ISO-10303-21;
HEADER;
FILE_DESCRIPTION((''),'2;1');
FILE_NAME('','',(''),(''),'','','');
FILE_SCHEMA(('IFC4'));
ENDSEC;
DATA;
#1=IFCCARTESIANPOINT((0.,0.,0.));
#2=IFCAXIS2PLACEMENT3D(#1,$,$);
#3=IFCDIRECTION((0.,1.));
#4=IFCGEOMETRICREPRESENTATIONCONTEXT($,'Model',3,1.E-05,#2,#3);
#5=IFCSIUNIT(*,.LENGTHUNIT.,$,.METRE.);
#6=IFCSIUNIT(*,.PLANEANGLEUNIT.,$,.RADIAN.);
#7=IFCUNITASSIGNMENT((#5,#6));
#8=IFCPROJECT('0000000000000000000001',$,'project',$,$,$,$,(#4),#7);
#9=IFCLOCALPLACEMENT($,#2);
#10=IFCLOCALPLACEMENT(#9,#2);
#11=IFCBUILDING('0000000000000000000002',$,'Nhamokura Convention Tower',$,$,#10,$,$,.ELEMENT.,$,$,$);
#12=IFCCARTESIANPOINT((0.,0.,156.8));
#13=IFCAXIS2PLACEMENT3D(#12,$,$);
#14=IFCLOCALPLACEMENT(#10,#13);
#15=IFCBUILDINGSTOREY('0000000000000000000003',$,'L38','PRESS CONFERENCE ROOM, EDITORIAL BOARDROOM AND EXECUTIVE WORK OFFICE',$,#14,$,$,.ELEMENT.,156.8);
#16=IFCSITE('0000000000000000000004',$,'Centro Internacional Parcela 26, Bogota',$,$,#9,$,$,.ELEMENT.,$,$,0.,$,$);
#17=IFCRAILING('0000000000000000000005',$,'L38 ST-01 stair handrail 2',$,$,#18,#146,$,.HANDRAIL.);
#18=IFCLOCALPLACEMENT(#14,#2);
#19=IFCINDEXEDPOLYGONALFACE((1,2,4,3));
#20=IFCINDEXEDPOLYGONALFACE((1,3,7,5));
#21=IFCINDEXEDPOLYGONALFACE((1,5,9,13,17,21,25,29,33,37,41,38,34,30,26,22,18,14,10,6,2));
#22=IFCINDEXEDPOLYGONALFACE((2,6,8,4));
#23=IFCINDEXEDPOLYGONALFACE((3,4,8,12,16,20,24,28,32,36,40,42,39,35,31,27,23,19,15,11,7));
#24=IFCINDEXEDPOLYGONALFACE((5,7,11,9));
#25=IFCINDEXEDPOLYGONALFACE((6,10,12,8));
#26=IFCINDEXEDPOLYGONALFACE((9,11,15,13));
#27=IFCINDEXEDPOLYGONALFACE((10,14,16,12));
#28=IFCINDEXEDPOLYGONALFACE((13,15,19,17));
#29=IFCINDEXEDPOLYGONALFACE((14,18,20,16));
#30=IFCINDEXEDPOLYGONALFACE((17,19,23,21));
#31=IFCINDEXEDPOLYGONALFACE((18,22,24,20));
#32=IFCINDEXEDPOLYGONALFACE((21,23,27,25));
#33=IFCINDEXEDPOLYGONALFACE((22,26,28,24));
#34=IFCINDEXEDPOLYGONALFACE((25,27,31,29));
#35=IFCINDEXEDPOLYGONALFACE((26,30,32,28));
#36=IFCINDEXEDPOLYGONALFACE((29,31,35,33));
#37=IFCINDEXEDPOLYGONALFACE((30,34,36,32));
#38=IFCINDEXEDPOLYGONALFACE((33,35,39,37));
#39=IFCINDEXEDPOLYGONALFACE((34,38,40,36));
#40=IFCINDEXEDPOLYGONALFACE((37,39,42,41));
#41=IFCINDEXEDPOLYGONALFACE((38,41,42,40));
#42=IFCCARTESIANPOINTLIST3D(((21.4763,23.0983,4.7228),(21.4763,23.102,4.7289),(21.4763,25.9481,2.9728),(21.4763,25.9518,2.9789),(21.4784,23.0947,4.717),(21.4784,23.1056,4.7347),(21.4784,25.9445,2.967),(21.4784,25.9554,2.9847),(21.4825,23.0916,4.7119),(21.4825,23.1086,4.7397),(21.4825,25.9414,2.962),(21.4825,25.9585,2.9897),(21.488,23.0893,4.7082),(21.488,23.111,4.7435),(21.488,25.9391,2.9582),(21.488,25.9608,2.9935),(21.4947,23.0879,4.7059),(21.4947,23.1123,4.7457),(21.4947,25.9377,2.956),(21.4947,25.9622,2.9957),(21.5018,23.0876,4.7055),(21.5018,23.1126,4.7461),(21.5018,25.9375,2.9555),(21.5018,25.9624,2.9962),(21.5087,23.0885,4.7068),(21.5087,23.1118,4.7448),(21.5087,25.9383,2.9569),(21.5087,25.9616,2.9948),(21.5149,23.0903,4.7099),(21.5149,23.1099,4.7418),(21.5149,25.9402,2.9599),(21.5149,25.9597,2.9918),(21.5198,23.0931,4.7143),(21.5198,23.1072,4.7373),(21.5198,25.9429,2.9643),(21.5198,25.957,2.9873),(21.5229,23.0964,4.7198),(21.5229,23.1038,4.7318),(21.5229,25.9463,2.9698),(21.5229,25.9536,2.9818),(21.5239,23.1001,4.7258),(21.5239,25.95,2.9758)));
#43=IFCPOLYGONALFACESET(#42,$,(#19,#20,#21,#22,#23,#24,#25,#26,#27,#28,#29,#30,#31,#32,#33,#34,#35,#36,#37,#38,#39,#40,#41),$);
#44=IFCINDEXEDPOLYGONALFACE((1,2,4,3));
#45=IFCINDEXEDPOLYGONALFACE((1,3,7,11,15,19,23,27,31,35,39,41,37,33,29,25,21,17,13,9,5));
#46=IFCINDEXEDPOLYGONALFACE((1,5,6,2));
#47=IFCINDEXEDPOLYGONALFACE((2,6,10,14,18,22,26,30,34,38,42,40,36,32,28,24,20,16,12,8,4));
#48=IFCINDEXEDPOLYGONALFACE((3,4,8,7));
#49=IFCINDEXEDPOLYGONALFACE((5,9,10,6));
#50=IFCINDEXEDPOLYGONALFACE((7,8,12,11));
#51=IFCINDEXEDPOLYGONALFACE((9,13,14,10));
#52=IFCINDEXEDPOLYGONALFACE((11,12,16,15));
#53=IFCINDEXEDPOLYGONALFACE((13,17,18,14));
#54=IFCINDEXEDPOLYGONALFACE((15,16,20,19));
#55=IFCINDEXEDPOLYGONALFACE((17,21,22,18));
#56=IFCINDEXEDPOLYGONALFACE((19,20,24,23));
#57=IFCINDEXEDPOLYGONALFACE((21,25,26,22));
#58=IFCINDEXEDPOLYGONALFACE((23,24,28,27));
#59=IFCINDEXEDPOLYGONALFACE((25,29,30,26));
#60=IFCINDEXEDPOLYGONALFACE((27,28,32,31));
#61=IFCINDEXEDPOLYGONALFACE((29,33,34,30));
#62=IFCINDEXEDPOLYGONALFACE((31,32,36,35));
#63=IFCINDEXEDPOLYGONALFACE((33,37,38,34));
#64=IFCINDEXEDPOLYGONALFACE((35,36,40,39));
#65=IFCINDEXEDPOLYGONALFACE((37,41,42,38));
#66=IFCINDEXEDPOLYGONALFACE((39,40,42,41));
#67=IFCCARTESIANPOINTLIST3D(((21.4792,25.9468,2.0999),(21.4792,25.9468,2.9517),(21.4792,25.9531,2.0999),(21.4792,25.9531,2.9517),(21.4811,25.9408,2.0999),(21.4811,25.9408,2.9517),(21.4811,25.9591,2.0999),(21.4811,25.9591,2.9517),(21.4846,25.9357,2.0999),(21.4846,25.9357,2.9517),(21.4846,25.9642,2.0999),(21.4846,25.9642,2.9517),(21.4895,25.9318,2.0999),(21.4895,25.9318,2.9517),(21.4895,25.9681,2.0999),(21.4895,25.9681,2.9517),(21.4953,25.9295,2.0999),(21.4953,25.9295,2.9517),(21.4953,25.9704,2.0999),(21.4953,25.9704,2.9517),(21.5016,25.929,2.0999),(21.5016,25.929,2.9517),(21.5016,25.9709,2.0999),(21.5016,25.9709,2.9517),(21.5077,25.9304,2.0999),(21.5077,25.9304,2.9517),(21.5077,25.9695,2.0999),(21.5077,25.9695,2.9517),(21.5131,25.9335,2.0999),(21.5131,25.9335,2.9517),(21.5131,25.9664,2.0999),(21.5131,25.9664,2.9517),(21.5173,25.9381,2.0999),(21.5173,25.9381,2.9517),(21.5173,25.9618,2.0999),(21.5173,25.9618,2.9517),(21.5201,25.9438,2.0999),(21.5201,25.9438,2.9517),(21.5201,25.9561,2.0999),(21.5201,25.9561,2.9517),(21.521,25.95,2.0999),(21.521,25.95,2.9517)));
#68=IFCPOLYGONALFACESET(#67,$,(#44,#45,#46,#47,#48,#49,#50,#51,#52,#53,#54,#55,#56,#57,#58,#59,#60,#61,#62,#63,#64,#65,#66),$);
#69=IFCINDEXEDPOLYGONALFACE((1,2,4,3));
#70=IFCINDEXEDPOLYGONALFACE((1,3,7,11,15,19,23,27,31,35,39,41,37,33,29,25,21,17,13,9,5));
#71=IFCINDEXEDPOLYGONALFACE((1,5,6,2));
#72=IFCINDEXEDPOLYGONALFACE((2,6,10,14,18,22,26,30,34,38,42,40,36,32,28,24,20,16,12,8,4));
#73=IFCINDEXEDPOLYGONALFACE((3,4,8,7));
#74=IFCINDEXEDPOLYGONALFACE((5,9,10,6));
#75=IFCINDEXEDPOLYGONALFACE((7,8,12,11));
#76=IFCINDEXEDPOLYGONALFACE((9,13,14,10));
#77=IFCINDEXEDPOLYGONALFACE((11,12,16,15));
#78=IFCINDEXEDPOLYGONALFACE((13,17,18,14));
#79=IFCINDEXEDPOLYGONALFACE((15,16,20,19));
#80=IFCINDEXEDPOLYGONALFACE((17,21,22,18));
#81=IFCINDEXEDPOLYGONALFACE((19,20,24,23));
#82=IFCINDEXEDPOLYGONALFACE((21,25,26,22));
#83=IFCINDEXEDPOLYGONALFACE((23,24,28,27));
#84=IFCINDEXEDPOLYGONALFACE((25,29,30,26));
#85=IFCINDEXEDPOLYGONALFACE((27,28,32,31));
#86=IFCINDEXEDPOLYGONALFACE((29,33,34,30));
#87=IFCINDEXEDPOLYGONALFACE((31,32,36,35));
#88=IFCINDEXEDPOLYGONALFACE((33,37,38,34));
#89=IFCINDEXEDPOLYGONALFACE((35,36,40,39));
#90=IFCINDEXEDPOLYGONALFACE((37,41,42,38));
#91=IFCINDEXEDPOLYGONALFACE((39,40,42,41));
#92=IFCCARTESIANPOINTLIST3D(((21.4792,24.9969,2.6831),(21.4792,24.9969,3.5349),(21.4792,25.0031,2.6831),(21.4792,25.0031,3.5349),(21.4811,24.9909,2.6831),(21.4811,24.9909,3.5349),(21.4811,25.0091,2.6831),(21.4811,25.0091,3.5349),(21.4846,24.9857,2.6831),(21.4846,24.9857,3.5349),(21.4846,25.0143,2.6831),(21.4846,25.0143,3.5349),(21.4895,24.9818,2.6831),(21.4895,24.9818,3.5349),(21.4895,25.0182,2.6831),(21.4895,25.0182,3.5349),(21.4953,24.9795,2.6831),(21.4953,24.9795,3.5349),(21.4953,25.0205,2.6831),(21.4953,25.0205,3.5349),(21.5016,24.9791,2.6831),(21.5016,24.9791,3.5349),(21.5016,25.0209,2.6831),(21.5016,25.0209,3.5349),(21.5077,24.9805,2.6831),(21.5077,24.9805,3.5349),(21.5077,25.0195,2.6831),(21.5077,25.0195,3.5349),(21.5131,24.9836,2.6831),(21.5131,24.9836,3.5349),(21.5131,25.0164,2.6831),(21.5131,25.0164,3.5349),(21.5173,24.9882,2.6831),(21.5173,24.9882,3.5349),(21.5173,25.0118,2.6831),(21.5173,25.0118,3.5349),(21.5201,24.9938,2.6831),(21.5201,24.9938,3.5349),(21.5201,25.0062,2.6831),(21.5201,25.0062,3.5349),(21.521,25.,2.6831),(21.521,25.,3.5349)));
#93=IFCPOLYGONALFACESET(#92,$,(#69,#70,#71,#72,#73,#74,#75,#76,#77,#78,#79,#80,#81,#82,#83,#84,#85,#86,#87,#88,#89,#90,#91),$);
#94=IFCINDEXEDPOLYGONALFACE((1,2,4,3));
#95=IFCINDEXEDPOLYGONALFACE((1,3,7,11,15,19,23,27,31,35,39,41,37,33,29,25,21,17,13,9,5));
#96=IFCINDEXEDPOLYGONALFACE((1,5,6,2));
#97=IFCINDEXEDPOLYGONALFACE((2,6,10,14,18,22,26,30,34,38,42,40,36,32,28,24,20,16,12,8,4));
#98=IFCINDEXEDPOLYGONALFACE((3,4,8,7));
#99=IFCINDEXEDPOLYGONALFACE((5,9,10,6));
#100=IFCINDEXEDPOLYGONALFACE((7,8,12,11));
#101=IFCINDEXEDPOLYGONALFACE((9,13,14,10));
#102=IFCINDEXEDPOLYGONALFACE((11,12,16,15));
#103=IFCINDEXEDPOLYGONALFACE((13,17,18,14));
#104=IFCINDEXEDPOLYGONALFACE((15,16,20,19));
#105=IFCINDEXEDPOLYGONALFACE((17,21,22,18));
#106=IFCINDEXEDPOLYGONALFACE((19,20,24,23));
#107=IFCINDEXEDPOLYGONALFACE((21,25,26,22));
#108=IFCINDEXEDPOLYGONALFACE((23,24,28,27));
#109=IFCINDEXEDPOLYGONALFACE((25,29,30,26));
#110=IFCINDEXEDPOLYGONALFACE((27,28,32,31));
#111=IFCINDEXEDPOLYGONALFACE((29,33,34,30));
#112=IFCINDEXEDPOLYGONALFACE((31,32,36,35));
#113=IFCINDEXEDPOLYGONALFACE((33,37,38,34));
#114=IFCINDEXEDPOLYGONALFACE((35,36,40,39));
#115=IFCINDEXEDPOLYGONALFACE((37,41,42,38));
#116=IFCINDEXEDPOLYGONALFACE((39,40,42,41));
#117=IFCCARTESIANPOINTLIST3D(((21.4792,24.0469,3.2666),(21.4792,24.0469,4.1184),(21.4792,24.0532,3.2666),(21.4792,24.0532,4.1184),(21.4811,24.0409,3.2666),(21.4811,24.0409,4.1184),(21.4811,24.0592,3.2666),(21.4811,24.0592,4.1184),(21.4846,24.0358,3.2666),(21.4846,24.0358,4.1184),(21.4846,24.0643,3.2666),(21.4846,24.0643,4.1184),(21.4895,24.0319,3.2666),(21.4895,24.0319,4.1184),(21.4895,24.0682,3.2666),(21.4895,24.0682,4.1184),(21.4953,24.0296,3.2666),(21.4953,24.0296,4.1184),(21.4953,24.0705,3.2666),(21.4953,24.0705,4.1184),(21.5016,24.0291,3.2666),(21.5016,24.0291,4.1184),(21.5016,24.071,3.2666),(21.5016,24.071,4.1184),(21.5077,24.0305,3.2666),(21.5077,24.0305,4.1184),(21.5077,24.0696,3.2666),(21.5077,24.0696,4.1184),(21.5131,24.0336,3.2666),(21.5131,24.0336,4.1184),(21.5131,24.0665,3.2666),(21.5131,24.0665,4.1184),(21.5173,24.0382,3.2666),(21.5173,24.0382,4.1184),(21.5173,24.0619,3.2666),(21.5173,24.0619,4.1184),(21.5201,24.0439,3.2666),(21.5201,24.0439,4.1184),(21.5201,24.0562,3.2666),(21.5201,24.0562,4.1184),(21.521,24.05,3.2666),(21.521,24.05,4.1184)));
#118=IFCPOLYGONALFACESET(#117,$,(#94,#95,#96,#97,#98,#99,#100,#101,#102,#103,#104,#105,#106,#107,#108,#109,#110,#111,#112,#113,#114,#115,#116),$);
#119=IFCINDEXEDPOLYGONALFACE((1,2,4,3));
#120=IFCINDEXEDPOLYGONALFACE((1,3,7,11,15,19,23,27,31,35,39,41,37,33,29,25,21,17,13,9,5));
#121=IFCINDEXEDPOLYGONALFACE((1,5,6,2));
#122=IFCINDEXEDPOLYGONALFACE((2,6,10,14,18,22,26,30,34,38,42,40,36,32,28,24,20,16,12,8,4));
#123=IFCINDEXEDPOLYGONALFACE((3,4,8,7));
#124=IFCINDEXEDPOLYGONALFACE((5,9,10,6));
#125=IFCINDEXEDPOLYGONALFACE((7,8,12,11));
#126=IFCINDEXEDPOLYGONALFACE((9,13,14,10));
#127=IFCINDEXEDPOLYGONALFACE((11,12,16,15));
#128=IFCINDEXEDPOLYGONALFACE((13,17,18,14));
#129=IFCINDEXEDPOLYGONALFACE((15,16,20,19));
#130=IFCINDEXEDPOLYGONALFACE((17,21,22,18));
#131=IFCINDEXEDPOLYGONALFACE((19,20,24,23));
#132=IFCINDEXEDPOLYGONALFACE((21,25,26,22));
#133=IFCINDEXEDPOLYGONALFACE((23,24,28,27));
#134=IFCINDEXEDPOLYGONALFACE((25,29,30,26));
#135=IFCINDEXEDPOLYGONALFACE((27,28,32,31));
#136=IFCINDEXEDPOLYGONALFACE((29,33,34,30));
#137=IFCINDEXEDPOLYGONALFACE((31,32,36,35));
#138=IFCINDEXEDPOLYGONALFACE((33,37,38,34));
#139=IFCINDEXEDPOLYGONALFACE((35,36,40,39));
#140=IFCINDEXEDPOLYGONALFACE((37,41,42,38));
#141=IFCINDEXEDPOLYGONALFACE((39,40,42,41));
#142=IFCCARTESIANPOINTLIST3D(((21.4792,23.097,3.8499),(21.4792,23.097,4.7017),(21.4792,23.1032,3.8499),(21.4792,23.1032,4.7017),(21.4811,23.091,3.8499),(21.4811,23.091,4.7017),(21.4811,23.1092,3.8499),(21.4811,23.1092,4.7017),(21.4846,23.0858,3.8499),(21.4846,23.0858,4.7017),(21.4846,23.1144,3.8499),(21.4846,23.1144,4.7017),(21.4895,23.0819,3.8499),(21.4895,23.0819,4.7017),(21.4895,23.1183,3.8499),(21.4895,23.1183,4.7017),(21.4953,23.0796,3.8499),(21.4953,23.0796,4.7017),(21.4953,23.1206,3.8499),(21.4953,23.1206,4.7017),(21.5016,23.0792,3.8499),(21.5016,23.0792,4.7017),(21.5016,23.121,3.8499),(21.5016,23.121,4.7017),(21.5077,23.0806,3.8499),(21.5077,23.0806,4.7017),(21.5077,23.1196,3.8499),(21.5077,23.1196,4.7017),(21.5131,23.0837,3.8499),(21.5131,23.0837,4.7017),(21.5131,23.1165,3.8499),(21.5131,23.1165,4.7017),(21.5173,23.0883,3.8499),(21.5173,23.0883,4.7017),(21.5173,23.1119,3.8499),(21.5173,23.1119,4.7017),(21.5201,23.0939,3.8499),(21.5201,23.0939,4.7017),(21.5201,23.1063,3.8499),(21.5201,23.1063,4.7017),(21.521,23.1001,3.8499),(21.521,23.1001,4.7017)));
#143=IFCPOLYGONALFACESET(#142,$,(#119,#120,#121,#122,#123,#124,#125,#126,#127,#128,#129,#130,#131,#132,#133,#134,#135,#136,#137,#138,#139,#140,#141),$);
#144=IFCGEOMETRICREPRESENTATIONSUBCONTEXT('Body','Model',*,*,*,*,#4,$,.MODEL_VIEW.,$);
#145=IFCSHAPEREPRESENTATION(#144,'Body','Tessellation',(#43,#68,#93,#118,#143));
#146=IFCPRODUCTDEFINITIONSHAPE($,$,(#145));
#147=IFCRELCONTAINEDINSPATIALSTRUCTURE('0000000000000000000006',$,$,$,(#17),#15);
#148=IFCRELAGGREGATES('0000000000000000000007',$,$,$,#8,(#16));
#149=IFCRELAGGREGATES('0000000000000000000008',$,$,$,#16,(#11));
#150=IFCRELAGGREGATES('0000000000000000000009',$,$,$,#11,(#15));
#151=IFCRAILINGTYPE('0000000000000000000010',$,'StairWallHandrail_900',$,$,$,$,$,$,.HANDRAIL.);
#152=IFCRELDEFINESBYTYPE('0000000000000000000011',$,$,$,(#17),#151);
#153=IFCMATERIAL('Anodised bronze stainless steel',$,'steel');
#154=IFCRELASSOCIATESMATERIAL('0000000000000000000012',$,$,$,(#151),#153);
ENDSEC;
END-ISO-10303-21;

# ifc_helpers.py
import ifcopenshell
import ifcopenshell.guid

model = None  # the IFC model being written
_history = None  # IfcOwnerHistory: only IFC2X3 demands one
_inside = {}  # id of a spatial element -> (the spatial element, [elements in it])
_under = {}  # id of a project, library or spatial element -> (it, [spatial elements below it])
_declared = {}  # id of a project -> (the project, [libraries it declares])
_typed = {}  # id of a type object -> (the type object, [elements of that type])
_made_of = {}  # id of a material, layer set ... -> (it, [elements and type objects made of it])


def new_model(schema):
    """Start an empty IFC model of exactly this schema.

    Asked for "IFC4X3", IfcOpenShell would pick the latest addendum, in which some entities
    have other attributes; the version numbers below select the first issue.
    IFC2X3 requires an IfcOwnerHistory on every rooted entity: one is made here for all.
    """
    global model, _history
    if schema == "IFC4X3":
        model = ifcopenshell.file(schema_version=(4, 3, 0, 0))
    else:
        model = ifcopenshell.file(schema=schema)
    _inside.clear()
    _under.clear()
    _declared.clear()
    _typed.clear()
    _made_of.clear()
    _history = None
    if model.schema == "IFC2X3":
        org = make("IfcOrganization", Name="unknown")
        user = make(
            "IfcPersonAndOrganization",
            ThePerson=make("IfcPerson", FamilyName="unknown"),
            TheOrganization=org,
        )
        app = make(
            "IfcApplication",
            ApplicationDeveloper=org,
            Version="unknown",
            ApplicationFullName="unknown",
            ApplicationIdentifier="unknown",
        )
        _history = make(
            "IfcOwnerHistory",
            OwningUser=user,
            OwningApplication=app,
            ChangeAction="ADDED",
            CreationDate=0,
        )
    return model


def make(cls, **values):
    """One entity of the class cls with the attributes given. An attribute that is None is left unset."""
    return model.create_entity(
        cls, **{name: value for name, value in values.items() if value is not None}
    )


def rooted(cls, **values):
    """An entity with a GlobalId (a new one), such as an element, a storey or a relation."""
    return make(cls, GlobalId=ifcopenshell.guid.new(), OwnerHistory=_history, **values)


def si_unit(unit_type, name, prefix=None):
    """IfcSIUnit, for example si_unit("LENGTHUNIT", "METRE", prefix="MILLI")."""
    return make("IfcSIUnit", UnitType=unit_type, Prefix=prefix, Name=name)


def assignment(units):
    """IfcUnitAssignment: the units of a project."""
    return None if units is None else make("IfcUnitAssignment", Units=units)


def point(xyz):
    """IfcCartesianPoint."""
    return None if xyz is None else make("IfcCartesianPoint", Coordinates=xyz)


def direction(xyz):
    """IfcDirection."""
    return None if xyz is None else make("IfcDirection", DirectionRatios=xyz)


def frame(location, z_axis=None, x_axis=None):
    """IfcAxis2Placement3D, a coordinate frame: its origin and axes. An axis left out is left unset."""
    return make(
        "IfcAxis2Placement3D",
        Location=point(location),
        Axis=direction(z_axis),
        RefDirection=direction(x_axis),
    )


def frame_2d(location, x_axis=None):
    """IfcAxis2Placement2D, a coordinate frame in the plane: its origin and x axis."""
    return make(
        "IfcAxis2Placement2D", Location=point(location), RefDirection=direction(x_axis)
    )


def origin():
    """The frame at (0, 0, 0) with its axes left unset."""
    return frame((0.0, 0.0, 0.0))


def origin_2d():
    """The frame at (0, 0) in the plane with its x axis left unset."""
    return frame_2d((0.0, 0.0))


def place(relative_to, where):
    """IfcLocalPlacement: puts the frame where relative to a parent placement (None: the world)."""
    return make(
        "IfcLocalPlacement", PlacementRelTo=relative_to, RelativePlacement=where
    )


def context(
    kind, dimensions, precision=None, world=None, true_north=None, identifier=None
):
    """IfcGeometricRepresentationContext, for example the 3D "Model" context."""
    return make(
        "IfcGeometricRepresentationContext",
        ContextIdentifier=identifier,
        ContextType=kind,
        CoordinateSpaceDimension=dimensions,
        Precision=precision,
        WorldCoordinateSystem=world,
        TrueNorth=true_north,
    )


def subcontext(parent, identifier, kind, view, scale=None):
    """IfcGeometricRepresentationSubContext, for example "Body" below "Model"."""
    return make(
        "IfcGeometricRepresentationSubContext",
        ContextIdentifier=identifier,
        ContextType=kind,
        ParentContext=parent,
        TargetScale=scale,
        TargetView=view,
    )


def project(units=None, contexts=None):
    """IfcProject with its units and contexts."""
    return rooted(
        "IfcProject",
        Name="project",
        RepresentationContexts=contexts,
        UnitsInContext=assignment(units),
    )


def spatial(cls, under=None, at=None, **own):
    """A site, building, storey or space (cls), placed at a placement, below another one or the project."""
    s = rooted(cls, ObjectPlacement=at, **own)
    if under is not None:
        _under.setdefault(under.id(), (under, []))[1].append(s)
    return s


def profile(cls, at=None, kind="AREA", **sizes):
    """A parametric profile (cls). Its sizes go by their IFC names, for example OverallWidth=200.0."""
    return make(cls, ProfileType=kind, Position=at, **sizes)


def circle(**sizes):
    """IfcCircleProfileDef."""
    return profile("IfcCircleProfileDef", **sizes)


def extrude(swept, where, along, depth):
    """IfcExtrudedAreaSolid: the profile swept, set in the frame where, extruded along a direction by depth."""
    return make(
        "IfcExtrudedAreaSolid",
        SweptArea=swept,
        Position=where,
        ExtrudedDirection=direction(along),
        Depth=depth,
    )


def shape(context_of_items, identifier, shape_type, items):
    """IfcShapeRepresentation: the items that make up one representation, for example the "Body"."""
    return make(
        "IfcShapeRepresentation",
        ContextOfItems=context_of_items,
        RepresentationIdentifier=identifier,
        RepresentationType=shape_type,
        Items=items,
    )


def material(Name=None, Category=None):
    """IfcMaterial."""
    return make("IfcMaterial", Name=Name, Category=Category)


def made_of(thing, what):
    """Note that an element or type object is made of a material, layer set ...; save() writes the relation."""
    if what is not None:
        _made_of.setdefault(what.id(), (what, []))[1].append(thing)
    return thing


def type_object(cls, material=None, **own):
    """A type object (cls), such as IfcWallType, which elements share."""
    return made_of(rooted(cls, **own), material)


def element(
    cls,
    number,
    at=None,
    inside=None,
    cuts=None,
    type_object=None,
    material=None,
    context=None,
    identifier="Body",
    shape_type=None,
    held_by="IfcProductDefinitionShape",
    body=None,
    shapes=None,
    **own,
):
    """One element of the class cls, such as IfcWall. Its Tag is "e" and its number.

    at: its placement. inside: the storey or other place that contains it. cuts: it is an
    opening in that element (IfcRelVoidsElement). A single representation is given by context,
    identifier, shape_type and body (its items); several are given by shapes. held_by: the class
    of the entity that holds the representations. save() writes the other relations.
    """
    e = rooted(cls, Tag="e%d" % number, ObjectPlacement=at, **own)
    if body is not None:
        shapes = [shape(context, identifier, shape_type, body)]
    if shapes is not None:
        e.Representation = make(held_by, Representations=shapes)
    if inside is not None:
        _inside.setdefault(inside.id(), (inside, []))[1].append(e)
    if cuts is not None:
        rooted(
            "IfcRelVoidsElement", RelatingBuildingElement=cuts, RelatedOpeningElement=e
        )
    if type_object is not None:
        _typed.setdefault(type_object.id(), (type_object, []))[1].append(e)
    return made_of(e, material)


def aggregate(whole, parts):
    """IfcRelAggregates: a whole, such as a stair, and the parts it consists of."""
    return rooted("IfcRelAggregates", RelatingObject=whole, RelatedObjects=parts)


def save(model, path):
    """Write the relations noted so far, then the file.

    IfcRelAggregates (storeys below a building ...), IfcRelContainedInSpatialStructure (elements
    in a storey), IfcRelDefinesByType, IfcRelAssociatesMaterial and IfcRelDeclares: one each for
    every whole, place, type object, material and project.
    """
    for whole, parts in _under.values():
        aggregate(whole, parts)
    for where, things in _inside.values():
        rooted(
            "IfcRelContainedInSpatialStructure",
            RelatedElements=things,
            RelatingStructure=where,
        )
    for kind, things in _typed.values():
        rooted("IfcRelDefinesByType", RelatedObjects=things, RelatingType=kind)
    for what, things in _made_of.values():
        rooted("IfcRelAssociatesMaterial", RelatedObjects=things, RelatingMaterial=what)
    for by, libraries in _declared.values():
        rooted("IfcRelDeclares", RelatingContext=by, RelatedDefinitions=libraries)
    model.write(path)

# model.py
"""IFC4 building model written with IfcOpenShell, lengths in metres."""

from ifc_helpers import new_model, si_unit, direction, frame, origin, origin_2d, place, context, subcontext, project, spatial, circle, extrude, material, type_object, element, save


model = new_model("IFC4")

# Units and contexts
model_context = context("Model", 3, precision=1e-05, world=origin(), true_north=direction((0.0, 1.0)))
body_context = subcontext(model_context, "Body", "Model", "MODEL_VIEW")
ifc_project = project(units=[si_unit("LENGTHUNIT", "METRE"), si_unit("PLANEANGLEUNIT", "RADIAN")], contexts=[model_context])

# Site, building, storey
site_placement = place(None, origin())
site = spatial("IfcSite", under=ifc_project, at=site_placement, Name="Centro Internacional Parcela 26, Bogota", CompositionType="ELEMENT", RefElevation=0.0)
building_placement = place(site_placement, origin())
building = spatial("IfcBuilding", under=site, at=building_placement, Name="Nhamokura Convention Tower", CompositionType="ELEMENT")
storey_placement = place(building_placement, frame((0.0, 0.0, 156.8)))
storey = spatial("IfcBuildingStorey", under=building, at=storey_placement, Name="L38", Description="PRESS CONFERENCE ROOM, EDITORIAL BOARDROOM AND EXECUTIVE WORK OFFICE", CompositionType="ELEMENT", Elevation=156.8)

# Railing
ifc_material_1 = material(Name="Anodised bronze stainless steel", Category="steel")
railing_type_1 = type_object("IfcRailingType", Name="StairWallHandrail_900", PredefinedType="HANDRAIL", material=ifc_material_1)
railing_1_placement = place(storey_placement, frame((21.5, 25.95, 2.0999)))
element("IfcRailing", 1, at=railing_1_placement, inside=storey, type_object=railing_type_1, Name="L38 ST-01 stair handrail 2", PredefinedType="HANDRAIL", context=body_context, shape_type="SweptSolid", body=[
    extrude(circle(Radius=0.0239, at=origin_2d()), frame((0.0, 0.0, 0.876), z_axis=(0.0, -0.852159, 0.523283), x_axis=(1.0, 0.0, 0.0)), (0.0, 0.0, 1.0), 3.3442),
    extrude(circle(Radius=0.021, at=origin_2d()), origin(), (0.0, 0.0, 1.0), 0.8518),
    extrude(circle(Radius=0.021, at=origin_2d()), frame((0.0, -0.95, 0.5833)), (0.0, 0.0, 1.0), 0.8518),
    extrude(circle(Radius=0.021, at=origin_2d()), frame((0.0, -1.8999, 1.1667)), (0.0, 0.0, 1.0), 0.8518),
    extrude(circle(Radius=0.021, at=origin_2d()), frame((0.0, -2.8499, 1.75)), (0.0, 0.0, 1.0), 0.8518),
])

save(model, "model.ifc")
